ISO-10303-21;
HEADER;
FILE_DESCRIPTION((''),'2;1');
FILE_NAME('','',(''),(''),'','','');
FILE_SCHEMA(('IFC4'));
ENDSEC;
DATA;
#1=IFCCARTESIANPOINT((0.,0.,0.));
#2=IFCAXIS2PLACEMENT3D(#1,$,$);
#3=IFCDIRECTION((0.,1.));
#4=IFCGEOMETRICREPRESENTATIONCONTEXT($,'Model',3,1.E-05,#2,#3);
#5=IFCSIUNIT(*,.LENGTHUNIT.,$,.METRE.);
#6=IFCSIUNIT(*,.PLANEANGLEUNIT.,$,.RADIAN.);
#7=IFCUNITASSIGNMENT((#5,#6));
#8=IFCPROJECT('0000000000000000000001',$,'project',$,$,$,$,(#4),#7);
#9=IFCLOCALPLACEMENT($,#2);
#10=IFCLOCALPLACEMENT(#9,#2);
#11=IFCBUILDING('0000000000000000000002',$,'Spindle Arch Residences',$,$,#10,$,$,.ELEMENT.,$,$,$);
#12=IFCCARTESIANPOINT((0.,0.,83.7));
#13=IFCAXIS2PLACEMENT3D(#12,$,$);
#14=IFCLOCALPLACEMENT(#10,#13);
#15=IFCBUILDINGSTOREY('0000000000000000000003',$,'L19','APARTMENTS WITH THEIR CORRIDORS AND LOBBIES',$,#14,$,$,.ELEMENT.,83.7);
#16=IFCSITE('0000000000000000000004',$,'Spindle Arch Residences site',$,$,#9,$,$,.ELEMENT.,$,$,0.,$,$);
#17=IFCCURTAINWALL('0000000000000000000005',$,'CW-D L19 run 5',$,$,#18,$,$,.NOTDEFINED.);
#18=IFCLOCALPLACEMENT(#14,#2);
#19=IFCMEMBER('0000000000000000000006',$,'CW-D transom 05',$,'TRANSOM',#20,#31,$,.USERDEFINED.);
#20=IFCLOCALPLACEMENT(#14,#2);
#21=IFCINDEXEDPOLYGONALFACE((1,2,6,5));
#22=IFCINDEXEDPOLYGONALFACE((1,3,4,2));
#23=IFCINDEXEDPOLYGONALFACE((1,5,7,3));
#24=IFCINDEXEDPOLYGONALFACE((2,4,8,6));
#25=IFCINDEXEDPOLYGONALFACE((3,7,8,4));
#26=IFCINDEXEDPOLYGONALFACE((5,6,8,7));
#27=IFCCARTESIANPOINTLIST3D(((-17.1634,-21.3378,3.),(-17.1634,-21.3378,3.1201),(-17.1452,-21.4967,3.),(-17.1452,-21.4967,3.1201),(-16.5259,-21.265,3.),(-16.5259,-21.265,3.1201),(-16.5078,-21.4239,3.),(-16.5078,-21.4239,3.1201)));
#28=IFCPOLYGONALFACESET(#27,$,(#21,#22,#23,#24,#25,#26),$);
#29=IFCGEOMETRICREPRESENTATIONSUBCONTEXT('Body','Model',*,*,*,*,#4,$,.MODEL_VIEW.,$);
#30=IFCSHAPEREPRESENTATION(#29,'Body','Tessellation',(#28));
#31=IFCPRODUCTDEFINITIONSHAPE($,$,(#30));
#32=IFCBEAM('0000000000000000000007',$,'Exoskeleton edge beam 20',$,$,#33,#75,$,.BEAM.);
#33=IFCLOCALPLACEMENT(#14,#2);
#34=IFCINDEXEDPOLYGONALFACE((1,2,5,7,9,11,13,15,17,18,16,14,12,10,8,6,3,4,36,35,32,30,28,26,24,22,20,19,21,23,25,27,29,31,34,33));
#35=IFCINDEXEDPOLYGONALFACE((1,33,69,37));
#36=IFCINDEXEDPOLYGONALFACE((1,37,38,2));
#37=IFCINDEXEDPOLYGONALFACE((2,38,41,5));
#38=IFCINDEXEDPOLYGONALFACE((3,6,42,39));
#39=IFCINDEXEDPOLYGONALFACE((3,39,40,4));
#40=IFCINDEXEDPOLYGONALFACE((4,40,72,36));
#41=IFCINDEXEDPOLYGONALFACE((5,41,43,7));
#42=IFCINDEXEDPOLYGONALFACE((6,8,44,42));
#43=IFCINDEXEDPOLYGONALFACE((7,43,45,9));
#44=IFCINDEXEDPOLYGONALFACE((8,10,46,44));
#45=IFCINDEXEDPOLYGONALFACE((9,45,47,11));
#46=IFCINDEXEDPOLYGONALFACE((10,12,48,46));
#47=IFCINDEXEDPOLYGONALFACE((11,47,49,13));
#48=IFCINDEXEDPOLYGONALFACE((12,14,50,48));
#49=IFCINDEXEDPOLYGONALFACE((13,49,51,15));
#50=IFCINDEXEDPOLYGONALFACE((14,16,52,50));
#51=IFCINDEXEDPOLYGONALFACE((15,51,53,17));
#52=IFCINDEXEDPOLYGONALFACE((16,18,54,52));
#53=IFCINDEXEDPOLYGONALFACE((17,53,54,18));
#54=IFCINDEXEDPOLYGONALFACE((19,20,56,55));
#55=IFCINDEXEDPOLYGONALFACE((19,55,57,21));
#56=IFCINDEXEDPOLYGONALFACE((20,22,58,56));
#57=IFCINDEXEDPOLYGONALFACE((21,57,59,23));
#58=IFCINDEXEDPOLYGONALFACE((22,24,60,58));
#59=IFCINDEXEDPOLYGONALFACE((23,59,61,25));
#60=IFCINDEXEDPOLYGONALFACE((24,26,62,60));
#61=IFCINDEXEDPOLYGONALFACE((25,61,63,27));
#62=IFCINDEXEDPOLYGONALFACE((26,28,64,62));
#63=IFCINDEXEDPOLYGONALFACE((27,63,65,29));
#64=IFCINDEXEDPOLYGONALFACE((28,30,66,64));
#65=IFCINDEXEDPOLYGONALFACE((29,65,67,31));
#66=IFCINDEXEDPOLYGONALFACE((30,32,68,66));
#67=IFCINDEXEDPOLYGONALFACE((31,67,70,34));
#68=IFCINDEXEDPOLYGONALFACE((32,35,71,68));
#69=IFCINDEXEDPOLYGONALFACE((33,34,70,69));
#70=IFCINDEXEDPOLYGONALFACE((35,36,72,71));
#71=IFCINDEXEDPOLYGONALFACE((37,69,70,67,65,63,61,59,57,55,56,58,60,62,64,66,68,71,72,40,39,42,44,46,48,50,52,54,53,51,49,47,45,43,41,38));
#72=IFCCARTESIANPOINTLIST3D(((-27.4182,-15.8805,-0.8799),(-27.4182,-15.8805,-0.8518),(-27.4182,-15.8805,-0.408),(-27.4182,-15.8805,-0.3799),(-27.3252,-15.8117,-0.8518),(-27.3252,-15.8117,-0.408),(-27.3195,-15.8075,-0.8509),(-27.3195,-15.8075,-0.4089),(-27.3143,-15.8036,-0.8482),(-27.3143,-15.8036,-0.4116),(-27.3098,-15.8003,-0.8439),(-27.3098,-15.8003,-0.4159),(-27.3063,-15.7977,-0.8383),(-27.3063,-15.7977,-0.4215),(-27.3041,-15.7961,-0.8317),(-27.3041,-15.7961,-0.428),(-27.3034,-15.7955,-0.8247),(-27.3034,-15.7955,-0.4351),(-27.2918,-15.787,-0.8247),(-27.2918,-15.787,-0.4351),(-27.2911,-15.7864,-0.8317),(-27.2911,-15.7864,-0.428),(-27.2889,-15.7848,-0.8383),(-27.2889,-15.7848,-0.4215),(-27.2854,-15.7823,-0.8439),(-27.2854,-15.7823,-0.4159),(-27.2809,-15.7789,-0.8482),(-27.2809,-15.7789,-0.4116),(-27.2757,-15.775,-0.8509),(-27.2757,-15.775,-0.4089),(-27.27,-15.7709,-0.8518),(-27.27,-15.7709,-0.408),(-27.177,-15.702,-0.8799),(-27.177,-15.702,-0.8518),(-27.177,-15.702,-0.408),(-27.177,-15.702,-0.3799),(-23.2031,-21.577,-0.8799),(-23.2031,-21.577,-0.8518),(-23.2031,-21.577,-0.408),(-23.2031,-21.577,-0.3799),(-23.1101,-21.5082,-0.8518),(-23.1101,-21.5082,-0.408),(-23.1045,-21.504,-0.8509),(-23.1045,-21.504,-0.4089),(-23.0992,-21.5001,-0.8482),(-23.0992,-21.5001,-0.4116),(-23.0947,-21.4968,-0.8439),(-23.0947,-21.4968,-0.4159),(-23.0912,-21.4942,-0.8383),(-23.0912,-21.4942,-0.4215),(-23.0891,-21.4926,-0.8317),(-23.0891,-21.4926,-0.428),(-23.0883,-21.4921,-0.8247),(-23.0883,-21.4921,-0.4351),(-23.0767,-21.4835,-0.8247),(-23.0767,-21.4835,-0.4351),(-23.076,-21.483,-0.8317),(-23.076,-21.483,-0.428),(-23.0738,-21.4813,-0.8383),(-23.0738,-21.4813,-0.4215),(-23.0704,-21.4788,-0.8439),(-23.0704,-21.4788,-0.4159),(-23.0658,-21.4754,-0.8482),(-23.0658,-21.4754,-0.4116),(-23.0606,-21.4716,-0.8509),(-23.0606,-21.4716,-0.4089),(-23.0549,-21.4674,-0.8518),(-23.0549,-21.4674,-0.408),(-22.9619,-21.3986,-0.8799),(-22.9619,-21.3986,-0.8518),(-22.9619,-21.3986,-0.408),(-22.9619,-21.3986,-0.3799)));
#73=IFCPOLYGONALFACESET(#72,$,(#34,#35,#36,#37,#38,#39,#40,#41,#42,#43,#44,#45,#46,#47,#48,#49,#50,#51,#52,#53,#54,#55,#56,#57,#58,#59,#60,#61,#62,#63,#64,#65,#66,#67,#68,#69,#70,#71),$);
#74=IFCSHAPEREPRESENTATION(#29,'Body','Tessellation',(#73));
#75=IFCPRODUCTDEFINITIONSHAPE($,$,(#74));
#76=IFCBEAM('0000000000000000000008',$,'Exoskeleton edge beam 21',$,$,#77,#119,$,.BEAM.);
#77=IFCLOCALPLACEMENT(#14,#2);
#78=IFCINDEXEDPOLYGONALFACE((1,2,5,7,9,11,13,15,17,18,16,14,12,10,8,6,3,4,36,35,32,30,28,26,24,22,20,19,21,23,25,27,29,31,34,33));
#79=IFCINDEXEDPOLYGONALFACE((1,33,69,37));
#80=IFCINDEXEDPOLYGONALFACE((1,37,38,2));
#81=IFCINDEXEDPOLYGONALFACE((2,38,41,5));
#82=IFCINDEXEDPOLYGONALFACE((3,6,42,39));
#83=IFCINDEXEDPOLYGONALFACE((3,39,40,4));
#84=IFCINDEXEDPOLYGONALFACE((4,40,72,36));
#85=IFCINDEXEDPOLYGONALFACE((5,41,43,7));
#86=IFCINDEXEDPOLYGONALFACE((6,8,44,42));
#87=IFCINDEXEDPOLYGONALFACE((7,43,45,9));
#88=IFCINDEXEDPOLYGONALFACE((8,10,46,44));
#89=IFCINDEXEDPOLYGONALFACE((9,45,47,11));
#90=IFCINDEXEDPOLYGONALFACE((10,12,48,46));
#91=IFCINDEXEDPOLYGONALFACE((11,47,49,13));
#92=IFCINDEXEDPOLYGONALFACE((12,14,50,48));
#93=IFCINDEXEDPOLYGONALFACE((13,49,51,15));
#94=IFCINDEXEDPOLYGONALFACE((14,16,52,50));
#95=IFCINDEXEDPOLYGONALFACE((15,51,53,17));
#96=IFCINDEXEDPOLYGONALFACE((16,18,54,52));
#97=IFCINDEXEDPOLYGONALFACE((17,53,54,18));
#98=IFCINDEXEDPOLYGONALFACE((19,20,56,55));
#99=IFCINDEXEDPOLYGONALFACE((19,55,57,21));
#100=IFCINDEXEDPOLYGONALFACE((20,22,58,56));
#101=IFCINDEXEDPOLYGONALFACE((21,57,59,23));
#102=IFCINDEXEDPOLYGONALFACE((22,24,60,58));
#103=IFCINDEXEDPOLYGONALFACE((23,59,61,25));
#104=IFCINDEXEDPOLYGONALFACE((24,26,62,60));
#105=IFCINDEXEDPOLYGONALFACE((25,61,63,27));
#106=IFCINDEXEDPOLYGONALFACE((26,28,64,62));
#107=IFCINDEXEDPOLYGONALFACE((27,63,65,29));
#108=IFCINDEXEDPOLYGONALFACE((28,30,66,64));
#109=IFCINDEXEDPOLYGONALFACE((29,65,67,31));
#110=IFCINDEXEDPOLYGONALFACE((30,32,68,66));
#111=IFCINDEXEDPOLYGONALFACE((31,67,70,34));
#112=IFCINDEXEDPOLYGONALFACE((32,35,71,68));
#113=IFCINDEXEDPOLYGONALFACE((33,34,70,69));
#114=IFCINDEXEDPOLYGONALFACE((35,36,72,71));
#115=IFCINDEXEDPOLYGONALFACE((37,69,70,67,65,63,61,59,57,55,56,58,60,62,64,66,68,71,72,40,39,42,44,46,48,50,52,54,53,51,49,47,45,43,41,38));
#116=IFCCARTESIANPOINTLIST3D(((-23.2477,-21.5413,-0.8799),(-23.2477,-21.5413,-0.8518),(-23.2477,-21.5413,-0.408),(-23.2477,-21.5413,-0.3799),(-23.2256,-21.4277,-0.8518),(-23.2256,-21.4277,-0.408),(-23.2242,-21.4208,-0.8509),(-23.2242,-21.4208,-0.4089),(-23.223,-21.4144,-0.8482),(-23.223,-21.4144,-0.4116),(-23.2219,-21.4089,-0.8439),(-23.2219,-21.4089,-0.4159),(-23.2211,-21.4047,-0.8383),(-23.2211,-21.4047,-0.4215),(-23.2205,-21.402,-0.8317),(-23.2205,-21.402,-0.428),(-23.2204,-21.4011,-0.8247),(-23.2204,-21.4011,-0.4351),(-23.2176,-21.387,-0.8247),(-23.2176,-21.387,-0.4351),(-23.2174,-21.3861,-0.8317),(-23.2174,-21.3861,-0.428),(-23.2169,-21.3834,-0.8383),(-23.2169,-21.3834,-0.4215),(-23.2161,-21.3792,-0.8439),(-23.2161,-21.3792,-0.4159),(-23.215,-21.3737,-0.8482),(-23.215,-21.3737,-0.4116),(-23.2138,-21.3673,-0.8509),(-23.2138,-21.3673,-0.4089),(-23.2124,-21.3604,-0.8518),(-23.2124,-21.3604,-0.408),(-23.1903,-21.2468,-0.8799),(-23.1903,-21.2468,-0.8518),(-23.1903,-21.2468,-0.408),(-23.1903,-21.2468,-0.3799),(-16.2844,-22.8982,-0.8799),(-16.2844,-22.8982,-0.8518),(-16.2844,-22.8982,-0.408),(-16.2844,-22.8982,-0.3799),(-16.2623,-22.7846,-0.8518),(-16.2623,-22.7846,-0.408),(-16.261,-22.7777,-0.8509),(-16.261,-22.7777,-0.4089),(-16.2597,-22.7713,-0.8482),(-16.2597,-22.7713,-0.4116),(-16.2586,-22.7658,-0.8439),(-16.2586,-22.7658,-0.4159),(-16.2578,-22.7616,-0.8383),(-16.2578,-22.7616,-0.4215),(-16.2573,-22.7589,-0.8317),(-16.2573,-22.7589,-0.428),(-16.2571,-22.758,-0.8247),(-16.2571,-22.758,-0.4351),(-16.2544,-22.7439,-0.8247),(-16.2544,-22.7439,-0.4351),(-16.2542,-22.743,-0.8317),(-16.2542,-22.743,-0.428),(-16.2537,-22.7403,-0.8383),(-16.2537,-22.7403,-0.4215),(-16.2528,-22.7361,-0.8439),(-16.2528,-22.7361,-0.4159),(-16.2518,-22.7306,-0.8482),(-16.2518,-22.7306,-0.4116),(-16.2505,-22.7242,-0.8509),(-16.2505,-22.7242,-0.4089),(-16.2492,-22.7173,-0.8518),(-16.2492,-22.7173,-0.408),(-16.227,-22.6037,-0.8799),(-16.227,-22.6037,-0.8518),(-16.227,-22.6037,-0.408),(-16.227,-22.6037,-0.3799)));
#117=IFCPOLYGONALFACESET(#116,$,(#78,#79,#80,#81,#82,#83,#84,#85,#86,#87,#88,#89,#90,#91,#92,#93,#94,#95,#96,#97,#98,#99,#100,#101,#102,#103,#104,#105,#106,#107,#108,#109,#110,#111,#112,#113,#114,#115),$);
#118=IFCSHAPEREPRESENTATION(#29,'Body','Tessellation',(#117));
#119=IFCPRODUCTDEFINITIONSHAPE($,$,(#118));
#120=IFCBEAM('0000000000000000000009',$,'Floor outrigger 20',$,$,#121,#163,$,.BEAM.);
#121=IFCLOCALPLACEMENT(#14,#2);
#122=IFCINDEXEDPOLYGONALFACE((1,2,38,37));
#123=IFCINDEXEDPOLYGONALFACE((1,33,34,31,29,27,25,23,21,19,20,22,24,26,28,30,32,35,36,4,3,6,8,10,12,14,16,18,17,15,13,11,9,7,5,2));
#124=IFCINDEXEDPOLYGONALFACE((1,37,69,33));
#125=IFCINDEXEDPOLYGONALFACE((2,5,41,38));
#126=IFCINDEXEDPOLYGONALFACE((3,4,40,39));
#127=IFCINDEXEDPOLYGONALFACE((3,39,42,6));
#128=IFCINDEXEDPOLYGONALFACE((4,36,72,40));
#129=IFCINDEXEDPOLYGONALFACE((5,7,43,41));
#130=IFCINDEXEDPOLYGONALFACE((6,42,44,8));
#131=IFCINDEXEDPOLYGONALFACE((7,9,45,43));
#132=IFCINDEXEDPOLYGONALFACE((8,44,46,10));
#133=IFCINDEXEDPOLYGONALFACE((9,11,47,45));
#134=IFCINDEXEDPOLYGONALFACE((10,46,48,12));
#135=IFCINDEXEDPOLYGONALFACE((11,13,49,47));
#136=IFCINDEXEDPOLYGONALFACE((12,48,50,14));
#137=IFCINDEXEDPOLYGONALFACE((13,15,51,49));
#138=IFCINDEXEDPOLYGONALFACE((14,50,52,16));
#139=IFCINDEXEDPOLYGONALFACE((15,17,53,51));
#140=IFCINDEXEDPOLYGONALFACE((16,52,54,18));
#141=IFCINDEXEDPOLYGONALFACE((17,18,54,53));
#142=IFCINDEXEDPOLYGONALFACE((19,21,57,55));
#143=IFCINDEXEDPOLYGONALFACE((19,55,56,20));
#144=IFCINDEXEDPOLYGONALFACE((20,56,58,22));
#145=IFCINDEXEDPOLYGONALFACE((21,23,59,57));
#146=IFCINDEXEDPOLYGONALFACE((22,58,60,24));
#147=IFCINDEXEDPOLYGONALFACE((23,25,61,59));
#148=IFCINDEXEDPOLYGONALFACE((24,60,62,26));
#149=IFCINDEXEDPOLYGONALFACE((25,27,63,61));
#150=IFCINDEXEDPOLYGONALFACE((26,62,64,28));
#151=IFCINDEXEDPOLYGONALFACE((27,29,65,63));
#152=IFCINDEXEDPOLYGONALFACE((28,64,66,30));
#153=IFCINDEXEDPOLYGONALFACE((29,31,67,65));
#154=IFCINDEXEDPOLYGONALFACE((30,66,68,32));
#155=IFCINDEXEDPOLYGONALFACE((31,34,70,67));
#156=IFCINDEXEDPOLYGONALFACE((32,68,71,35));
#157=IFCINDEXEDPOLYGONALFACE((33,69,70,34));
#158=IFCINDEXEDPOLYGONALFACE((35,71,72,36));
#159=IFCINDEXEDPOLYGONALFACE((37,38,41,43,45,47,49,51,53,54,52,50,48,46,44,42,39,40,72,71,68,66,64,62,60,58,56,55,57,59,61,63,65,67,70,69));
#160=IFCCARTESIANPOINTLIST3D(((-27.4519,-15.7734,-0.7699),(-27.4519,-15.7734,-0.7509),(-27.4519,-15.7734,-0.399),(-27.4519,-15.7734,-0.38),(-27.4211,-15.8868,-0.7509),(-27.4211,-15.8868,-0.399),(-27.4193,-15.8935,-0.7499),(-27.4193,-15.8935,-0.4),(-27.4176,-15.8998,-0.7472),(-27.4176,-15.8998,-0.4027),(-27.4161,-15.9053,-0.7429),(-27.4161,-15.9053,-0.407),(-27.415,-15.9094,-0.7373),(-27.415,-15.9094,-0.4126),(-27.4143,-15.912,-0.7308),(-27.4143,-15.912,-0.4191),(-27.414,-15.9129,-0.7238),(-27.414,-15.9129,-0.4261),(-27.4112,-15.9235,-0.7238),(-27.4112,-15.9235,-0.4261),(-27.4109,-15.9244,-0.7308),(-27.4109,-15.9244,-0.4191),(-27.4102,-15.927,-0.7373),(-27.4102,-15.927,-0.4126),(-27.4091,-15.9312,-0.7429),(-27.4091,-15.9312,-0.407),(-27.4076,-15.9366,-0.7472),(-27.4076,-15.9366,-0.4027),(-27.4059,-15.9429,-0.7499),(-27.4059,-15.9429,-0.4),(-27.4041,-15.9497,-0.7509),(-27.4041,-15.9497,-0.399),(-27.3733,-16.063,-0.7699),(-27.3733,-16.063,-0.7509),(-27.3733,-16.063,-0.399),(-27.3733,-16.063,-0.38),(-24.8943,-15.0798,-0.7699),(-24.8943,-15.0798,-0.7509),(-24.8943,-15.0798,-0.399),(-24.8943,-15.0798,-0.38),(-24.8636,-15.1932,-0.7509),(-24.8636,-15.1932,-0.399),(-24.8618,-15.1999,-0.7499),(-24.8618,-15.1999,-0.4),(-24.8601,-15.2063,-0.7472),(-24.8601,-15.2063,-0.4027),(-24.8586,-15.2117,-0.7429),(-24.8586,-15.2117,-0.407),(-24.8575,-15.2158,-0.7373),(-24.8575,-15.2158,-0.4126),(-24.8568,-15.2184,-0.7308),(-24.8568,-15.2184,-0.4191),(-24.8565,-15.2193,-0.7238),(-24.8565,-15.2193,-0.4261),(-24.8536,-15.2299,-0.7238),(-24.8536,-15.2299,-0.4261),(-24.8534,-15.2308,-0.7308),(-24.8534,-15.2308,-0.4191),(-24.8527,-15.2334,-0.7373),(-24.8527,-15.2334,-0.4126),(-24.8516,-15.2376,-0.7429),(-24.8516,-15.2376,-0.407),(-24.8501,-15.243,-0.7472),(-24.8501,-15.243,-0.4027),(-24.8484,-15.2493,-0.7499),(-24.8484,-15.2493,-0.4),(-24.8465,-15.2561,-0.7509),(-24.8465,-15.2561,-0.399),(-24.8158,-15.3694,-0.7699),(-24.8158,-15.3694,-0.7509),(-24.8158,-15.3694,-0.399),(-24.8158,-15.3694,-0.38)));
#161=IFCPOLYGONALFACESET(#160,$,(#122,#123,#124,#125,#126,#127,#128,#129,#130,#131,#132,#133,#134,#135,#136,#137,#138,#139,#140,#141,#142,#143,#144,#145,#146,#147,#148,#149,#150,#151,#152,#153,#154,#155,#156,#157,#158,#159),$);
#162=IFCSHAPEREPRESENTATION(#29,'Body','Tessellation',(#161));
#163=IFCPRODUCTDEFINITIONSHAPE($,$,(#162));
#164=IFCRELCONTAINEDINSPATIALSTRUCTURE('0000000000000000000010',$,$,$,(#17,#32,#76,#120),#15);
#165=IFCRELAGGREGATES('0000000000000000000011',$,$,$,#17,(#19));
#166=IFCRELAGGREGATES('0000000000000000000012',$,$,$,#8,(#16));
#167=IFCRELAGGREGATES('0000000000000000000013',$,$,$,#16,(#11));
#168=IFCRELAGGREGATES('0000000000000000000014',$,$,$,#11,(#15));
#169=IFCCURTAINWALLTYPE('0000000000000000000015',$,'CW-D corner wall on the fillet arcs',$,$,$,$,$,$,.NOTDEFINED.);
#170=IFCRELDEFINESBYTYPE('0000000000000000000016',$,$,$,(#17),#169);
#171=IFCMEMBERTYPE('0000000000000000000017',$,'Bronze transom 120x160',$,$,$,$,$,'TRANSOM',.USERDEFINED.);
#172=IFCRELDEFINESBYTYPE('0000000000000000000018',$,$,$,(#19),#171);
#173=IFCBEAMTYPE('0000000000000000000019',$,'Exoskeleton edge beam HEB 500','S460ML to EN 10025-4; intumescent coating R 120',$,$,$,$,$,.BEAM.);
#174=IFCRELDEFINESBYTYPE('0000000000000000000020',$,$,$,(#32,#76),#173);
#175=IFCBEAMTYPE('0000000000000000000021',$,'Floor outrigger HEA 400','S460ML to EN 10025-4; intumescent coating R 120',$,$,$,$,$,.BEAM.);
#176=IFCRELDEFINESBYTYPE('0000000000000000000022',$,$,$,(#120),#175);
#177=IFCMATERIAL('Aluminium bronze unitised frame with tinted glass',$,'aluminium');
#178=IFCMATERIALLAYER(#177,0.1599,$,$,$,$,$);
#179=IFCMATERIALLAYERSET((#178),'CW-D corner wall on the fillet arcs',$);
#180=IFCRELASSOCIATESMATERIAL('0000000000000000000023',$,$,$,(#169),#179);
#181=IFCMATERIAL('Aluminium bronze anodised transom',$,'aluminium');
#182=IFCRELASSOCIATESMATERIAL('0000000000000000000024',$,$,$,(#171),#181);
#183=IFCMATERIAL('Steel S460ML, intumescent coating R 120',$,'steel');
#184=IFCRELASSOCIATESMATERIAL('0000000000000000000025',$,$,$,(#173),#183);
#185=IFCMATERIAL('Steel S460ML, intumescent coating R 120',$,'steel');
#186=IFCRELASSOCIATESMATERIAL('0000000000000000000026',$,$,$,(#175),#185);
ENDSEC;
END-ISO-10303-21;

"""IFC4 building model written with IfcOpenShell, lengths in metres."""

from ifc_helpers import new_model, si_unit, direction, frame, origin, origin_2d, place, context, subcontext, project, spatial, rectangle, i_section, extrude, material, layer, layer_set, material_profile, profile_set, type_object, element, aggregate, save


model = new_model("IFC4")

# Units and contexts
model_context = context("Model", 3, precision=1e-05, world=origin(), true_north=direction((0.0, 1.0)))
body_context = subcontext(model_context, "Body", "Model", "MODEL_VIEW")
ifc_project = project(units=[si_unit("LENGTHUNIT", "METRE"), si_unit("PLANEANGLEUNIT", "RADIAN")], contexts=[model_context])

# Site, building, storey
site_placement = place(None, origin())
site = spatial("IfcSite", under=ifc_project, at=site_placement, Name="Spindle Arch Residences site", CompositionType="ELEMENT", RefElevation=0.0)
building_placement = place(site_placement, origin())
building = spatial("IfcBuilding", under=site, at=building_placement, Name="Spindle Arch Residences", CompositionType="ELEMENT")
storey_placement = place(building_placement, frame((0.0, 0.0, 83.7)))
storey = spatial("IfcBuildingStorey", under=building, at=storey_placement, Name="L19", Description="APARTMENTS WITH THEIR CORRIDORS AND LOBBIES", CompositionType="ELEMENT", Elevation=83.7)

# Curtain wall, member
ifc_material_1 = material(Name="Aluminium bronze unitised frame with tinted glass", Category="aluminium")
ifc_layer_1 = layer(ifc_material_1, 0.1599)
ifc_layer_set_1 = layer_set([ifc_layer_1], Name="CW-D corner wall on the fillet arcs")
curtain_wall_type = type_object("IfcCurtainWallType", Name="CW-D corner wall on the fillet arcs", PredefinedType="NOTDEFINED", material=ifc_layer_set_1)
curtain_wall_placement = place(storey_placement, origin())
curtain_wall = element("IfcCurtainWall", 1, at=curtain_wall_placement, inside=storey, type_object=curtain_wall_type, Name="CW-D L19 run 5", PredefinedType="NOTDEFINED")
ifc_material_2 = material(Name="Aluminium bronze anodised transom", Category="aluminium")
ifc_material_profile_1 = material_profile(ifc_material_2, rectangle(XDim=0.1599, YDim=0.1201, at=origin_2d()), Name="TR 120x160")
ifc_profile_set_1 = profile_set([ifc_material_profile_1], Name="Aluminium bronze anodised transom")
member_type_1 = type_object("IfcMemberType", Name="Bronze transom 120x160", ElementType="TRANSOM", PredefinedType="USERDEFINED", material=ifc_profile_set_1)
member_1_placement = place(storey_placement, frame((-17.1543, -21.4172, 3.0601), z_axis=(0.99355, 0.113396, 0.0), x_axis=(-0.113396, 0.99355, 0.0)))
member_1 = element("IfcMember", 2, at=member_1_placement, type_object=member_type_1, Name="CW-D transom 05", ObjectType="TRANSOM", PredefinedType="USERDEFINED", context=body_context, shape_type="SweptSolid", body=[
    extrude(rectangle(XDim=0.1599, YDim=0.1201, at=origin_2d()), origin(), (0.0, 0.0, 1.0), 0.6416),
])

# Beams
ifc_material_3 = material(Name="Steel S460ML, intumescent coating R 120", Category="steel")
ifc_material_profile_2 = material_profile(ifc_material_3, i_section(OverallWidth=0.3, OverallDepth=0.5, WebThickness=0.0144, FlangeThickness=0.0281, FilletRadius=0.0271, at=origin_2d()), Name="HEB 500")
ifc_profile_set_2 = profile_set([ifc_material_profile_2], Name="Steel S460ML, intumescent coating R 120")
beam_type_1 = type_object("IfcBeamType", Name="Exoskeleton edge beam HEB 500", Description="S460ML to EN 10025-4; intumescent coating R 120", PredefinedType="BEAM", material=ifc_profile_set_2)
beam_1_placement = place(storey_placement, frame((-27.2976, -15.7913, -0.6299), z_axis=(0.594811, -0.803865, 0.0), x_axis=(0.803865, 0.594811, 0.0)))
element("IfcBeam", 3, at=beam_1_placement, inside=storey, type_object=beam_type_1, Name="Exoskeleton edge beam 20", PredefinedType="BEAM", context=body_context, shape_type="SweptSolid", body=[
    extrude(i_section(OverallWidth=0.3, OverallDepth=0.5, WebThickness=0.0144, FlangeThickness=0.0281, FilletRadius=0.0271, at=origin_2d()), origin(), (0.0, 0.0, 1.0), 7.0864),
])
beam_2_placement = place(storey_placement, frame((-23.219, -21.394, -0.6299), z_axis=(0.981538, -0.191269, 0.0), x_axis=(0.191269, 0.981538, 0.0)))
element("IfcBeam", 4, at=beam_2_placement, inside=storey, type_object=beam_type_1, Name="Exoskeleton edge beam 21", PredefinedType="BEAM", context=body_context, shape_type="SweptSolid", body=[
    extrude(i_section(OverallWidth=0.3, OverallDepth=0.5, WebThickness=0.0144, FlangeThickness=0.0281, FilletRadius=0.0271, at=origin_2d()), origin(), (0.0, 0.0, 1.0), 7.0942),
])
ifc_material_4 = material(Name="Steel S460ML, intumescent coating R 120", Category="steel")
ifc_material_profile_3 = material_profile(ifc_material_4, i_section(OverallWidth=0.3, OverallDepth=0.3899, WebThickness=0.011, FlangeThickness=0.019, FilletRadius=0.0271, at=origin_2d()), Name="HEA 400")
ifc_profile_set_3 = profile_set([ifc_material_profile_3], Name="Steel S460ML, intumescent coating R 120")
beam_type_2 = type_object("IfcBeamType", Name="Floor outrigger HEA 400", Description="S460ML to EN 10025-4; intumescent coating R 120", PredefinedType="BEAM", material=ifc_profile_set_3)
for number, where, z_axis, x_axis, name in (
    (5, (-27.4126, -15.9182, -0.575), (0.965139, 0.261737, 0.0), (-0.261737, 0.965139, 0.0), "Floor outrigger 20"),
):
    element("IfcBeam", number, at=place(storey_placement, frame(where, z_axis=z_axis, x_axis=x_axis)), inside=storey, type_object=beam_type_2, Name=name, PredefinedType="BEAM", context=body_context, shape_type="SweptSolid", body=[
        extrude(i_section(OverallWidth=0.3, OverallDepth=0.3899, WebThickness=0.011, FlangeThickness=0.019, FilletRadius=0.0271, at=origin_2d()), origin(), (0.0, 0.0, 1.0), 2.6499),
    ])

aggregate(curtain_wall, [member_1])

save(model, "model.ifc")
